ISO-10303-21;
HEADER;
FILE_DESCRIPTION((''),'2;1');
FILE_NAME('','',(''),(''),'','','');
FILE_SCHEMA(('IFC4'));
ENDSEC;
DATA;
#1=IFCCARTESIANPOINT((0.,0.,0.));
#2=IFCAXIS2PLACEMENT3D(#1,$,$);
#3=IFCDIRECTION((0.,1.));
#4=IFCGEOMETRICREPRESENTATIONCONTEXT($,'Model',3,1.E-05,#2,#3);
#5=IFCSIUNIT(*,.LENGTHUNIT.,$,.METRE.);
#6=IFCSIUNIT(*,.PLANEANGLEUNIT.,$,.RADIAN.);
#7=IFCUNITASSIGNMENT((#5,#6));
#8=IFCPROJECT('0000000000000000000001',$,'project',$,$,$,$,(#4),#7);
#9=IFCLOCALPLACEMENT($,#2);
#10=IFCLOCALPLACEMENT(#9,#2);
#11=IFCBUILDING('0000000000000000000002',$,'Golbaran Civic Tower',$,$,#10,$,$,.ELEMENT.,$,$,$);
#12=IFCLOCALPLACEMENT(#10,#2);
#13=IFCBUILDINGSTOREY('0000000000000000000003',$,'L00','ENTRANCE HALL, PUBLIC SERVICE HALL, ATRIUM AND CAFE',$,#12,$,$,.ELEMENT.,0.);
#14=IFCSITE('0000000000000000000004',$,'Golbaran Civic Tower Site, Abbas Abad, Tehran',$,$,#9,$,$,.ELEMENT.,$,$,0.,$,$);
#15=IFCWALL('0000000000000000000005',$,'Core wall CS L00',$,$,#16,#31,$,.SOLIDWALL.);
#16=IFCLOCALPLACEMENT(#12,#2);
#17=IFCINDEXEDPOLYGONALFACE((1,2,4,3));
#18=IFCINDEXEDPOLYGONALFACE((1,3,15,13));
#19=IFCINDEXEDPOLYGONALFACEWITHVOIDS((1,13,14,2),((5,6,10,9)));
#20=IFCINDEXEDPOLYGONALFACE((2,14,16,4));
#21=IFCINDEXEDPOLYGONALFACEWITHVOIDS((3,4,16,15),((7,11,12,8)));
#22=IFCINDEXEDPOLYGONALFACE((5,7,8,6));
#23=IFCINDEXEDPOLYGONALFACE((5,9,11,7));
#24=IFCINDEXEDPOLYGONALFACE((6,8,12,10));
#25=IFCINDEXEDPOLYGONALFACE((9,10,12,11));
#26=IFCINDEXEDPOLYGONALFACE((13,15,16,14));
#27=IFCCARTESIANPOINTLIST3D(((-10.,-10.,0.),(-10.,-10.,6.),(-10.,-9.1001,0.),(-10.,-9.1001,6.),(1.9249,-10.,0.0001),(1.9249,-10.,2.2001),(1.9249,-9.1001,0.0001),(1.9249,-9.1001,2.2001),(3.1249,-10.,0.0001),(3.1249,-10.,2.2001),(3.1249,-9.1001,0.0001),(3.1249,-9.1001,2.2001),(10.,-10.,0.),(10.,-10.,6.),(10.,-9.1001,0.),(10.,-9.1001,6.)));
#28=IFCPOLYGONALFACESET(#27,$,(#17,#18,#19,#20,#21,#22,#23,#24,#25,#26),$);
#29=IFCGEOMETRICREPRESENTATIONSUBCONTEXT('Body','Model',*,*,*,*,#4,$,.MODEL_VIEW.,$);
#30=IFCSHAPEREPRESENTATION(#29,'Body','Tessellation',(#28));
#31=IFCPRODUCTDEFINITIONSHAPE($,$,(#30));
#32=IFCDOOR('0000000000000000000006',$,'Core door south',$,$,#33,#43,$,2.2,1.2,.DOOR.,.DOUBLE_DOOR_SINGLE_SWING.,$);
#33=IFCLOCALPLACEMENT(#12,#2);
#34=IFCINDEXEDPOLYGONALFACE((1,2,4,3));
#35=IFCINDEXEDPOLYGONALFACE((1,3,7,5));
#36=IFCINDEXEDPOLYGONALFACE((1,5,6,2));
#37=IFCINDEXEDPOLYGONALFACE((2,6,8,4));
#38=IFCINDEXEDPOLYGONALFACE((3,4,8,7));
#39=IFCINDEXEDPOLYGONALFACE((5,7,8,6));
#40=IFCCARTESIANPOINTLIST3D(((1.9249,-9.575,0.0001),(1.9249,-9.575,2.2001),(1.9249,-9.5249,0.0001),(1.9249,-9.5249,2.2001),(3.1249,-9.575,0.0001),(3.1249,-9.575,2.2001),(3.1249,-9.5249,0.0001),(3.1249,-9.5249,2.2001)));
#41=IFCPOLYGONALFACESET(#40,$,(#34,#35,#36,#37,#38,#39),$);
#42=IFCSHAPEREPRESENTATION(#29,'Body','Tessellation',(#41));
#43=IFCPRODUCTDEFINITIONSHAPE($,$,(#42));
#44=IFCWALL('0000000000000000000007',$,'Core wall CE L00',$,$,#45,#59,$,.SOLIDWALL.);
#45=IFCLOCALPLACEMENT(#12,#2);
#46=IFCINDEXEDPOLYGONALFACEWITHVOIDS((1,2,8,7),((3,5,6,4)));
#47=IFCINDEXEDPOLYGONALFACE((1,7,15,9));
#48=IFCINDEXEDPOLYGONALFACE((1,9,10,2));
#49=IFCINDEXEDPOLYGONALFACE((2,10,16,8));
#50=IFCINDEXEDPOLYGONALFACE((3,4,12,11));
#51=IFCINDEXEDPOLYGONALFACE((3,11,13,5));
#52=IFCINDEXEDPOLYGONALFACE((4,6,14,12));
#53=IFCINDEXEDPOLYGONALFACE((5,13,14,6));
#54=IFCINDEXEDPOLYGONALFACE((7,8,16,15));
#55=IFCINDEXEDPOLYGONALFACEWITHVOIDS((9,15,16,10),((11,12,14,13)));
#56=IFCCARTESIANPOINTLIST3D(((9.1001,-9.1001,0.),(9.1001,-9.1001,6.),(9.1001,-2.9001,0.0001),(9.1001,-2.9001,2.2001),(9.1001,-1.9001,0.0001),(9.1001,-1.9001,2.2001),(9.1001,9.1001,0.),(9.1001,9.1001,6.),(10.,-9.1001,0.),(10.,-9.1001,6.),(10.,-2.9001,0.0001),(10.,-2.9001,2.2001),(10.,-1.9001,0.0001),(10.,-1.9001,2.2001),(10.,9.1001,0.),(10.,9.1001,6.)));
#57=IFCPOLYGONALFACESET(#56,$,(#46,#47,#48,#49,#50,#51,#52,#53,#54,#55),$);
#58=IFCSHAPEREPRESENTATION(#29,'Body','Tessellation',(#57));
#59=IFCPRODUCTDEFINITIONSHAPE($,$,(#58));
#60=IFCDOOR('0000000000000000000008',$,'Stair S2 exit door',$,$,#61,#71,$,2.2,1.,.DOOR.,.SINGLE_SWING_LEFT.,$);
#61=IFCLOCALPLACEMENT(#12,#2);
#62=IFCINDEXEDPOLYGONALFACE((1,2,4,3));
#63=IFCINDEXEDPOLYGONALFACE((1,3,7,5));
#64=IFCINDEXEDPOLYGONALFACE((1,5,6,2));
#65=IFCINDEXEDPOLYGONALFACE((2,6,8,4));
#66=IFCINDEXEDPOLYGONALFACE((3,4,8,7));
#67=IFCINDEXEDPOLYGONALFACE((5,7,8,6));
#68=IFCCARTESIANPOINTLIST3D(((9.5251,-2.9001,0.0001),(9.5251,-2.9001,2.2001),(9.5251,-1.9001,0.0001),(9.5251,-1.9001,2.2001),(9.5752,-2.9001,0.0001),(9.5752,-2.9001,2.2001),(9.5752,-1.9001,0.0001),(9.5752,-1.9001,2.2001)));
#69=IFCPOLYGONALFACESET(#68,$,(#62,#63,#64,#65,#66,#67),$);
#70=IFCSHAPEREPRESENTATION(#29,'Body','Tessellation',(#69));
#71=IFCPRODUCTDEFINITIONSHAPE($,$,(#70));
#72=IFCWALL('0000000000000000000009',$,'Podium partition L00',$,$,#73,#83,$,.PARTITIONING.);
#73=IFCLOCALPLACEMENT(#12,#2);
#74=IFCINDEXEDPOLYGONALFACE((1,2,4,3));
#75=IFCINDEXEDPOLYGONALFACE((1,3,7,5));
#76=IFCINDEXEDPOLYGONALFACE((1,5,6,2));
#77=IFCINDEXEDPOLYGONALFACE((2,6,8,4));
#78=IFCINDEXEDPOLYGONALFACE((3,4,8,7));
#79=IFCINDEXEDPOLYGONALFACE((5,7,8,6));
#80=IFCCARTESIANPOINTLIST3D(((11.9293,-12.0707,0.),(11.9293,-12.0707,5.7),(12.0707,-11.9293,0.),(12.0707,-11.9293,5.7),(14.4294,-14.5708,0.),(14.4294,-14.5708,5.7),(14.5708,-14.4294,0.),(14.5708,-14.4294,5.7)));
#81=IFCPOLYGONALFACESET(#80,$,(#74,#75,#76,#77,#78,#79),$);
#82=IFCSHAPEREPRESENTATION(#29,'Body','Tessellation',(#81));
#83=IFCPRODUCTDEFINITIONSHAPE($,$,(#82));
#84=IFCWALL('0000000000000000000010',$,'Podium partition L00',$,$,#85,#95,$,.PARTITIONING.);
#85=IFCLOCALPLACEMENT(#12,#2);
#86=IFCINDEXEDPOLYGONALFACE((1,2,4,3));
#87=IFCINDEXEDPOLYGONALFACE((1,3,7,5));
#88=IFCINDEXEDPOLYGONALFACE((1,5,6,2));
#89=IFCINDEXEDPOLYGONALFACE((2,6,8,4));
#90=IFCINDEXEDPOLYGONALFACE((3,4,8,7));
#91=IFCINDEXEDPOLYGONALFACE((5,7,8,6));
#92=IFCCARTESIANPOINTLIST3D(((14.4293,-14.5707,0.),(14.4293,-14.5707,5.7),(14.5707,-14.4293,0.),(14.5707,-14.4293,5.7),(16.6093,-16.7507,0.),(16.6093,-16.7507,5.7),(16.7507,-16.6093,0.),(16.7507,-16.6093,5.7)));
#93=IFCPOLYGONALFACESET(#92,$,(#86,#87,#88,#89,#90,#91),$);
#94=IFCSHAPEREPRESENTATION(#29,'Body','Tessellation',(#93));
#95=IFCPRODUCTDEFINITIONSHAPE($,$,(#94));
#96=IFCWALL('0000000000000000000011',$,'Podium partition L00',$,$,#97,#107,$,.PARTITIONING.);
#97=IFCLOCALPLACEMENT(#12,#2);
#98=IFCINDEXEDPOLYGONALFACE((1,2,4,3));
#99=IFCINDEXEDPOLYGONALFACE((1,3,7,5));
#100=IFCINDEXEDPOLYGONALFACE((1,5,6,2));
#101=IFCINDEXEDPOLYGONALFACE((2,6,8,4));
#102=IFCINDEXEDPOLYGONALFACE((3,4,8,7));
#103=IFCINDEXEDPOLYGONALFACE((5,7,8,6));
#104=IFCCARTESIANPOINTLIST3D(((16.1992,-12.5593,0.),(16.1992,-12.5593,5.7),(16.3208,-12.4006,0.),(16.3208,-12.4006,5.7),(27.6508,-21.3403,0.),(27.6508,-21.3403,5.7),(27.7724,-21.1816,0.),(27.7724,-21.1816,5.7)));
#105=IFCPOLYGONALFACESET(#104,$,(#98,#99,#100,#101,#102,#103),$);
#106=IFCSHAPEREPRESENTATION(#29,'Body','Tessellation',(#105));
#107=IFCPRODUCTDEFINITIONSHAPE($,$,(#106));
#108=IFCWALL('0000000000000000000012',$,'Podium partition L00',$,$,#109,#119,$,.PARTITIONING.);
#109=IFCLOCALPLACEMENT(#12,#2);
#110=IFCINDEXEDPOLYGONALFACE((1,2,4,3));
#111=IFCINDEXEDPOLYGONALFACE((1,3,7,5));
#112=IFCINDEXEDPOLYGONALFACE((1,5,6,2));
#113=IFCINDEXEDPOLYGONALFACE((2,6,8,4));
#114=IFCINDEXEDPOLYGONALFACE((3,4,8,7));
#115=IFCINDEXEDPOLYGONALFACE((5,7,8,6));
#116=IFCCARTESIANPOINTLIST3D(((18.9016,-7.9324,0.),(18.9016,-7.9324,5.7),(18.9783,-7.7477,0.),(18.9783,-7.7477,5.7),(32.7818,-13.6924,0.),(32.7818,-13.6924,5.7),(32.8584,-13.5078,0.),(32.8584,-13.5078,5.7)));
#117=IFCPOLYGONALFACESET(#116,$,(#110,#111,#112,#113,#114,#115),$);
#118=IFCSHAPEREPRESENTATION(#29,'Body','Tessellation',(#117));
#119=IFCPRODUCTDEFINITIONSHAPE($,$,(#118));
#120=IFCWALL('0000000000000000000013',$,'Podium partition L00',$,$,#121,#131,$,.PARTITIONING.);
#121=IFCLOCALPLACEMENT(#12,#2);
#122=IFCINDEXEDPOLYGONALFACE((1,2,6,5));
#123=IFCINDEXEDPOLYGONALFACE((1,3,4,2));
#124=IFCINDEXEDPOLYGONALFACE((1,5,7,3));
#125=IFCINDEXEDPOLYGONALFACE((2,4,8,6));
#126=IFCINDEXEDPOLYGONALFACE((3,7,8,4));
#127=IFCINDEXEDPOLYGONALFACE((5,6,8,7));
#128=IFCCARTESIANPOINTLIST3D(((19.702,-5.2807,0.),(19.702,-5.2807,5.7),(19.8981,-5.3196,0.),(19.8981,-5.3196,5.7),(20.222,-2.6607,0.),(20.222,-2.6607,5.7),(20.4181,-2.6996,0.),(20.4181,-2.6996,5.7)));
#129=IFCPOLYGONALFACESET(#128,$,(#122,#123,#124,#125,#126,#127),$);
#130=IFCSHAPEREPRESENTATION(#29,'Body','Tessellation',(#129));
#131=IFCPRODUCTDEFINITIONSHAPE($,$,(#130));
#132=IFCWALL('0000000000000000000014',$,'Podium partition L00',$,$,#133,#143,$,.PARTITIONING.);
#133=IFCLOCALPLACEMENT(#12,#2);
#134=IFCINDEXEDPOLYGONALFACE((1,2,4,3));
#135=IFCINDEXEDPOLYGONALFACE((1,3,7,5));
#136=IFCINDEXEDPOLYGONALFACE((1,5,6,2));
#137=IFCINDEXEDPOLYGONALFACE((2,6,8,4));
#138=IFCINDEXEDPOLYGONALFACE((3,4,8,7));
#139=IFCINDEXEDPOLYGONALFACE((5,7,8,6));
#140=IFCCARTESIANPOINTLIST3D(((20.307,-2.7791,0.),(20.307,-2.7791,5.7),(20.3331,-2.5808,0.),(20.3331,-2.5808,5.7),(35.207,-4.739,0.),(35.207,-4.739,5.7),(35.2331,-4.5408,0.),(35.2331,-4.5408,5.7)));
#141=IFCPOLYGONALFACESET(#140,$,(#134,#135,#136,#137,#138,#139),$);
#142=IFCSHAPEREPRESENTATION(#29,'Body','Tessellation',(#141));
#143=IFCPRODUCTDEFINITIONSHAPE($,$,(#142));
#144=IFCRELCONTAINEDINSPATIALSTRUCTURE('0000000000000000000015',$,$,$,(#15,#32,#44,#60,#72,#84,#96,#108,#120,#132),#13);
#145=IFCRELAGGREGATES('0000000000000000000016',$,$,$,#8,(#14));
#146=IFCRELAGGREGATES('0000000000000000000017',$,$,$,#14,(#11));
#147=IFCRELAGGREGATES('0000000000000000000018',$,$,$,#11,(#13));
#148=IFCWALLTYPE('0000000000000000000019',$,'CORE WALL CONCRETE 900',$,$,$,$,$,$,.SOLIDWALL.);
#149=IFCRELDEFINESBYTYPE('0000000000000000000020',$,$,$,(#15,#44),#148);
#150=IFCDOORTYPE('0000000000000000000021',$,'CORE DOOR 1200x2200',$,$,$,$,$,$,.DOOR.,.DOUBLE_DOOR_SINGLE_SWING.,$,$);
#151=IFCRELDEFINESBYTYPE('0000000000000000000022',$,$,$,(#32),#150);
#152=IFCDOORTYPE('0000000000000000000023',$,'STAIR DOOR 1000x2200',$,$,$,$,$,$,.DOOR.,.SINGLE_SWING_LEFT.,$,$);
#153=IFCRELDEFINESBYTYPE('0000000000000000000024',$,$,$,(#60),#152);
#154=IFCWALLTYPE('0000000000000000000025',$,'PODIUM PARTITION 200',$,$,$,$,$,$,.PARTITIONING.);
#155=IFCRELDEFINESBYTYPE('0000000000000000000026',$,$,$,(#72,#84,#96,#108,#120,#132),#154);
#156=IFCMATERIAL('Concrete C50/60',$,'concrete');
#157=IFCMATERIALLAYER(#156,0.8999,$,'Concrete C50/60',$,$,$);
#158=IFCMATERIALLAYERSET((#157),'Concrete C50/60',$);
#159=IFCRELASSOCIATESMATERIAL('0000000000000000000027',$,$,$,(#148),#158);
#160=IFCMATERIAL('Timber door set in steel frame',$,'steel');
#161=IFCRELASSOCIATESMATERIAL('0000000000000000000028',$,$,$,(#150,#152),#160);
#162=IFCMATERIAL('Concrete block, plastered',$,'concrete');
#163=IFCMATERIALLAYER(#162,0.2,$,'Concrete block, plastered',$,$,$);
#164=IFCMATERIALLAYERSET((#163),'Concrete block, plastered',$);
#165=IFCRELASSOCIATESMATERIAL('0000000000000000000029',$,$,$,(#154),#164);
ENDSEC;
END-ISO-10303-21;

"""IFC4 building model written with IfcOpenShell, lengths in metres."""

from ifc_helpers import new_model, si_unit, direction, frame, frame_2d, origin, place, context, subcontext, project, spatial, rectangle, extrude, material, layer, layer_set, type_object, element, fill, save


model = new_model("IFC4")

# Units and contexts
model_context = context("Model", 3, precision=1e-05, world=origin(), true_north=direction((0.0, 1.0)))
body_context = subcontext(model_context, "Body", "Model", "MODEL_VIEW")
ifc_project = project(units=[si_unit("LENGTHUNIT", "METRE"), si_unit("PLANEANGLEUNIT", "RADIAN")], contexts=[model_context])

# Site, building, storey
site_placement = place(None, origin())
site = spatial("IfcSite", under=ifc_project, at=site_placement, Name="Golbaran Civic Tower Site, Abbas Abad, Tehran", CompositionType="ELEMENT", RefElevation=0.0)
building_placement = place(site_placement, origin())
building = spatial("IfcBuilding", under=site, at=building_placement, Name="Golbaran Civic Tower", CompositionType="ELEMENT")
storey_placement = place(building_placement, origin())
storey = spatial("IfcBuildingStorey", under=building, at=storey_placement, Name="L00", Description="ENTRANCE HALL, PUBLIC SERVICE HALL, ATRIUM AND CAFE", CompositionType="ELEMENT", Elevation=0.0)

# Shared definitions
ifc_material_1 = material(Name="Concrete C50/60", Category="concrete")

# Walls, openings, doors
ifc_layer_1 = layer(ifc_material_1, 0.8999, Name="Concrete C50/60")
ifc_layer_set_1 = layer_set([ifc_layer_1], Name="Concrete C50/60")
wall_type_1 = type_object("IfcWallType", Name="CORE WALL CONCRETE 900", PredefinedType="SOLIDWALL", material=ifc_layer_set_1)
wall_1_placement = place(storey_placement, frame((10.0, -9.55, 0.0), z_axis=(0.0, 0.0, 1.0), x_axis=(-1.0, 0.0, 0.0)))
wall_1 = element("IfcWall", 1, at=wall_1_placement, inside=storey, type_object=wall_type_1, Name="Core wall CS L00", PredefinedType="SOLIDWALL", context=body_context, shape_type="SweptSolid", body=[
    extrude(rectangle(XDim=20.0, YDim=0.8999, at=frame_2d((10.0, 0.0))), origin(), (0.0, 0.0, 1.0), 6.0),
])
opening_1_placement = place(wall_1_placement, frame((6.875, 0.0, 0.0)))
opening_1 = element("IfcOpeningElement", 2, at=opening_1_placement, cuts=wall_1, PredefinedType="OPENING", context=body_context, shape_type="SweptSolid", body=[
    extrude(rectangle(XDim=1.2, YDim=2.2, at=frame_2d((0.6001, 1.1001))), frame((0.0, 0.46, 0.0), z_axis=(0.0, -1.0, 0.0), x_axis=(1.0, 0.0, 0.0)), (0.0, 0.0, 1.0), 0.9199),
])
ifc_material_2 = material(Name="Timber door set in steel frame", Category="steel")
door_type_1 = type_object("IfcDoorType", Name="CORE DOOR 1200x2200", OperationType="DOUBLE_DOOR_SINGLE_SWING", PredefinedType="DOOR", material=ifc_material_2)
door_1_placement = place(opening_1_placement, origin())
door_1 = element("IfcDoor", 3, at=door_1_placement, inside=storey, type_object=door_type_1, Name="Core door south", OperationType="DOUBLE_DOOR_SINGLE_SWING", OverallHeight=2.2, OverallWidth=1.2, PredefinedType="DOOR", context=body_context, shape_type="SweptSolid", body=[
    extrude(rectangle(XDim=1.2, YDim=2.2, at=frame_2d((0.6001, 1.1001))), frame((0.0, 0.0249, 0.0), z_axis=(0.0, -1.0, 0.0), x_axis=(1.0, 0.0, 0.0)), (0.0, 0.0, 1.0), 0.05),
])
fill(opening_1, door_1)
wall_2_placement = place(storey_placement, frame((9.55, -9.1001, 0.0), z_axis=(0.0, 0.0, 1.0), x_axis=(0.0, 1.0, 0.0)))
wall_2 = element("IfcWall", 4, at=wall_2_placement, inside=storey, type_object=wall_type_1, Name="Core wall CE L00", PredefinedType="SOLIDWALL", context=body_context, shape_type="SweptSolid", body=[
    extrude(rectangle(XDim=18.2002, YDim=0.8999, at=frame_2d((9.1001, 0.0))), origin(), (0.0, 0.0, 1.0), 6.0),
])
opening_2_placement = place(wall_2_placement, frame((6.2, 0.0, 0.0)))
opening_2 = element("IfcOpeningElement", 5, at=opening_2_placement, cuts=wall_2, PredefinedType="OPENING", context=body_context, shape_type="SweptSolid", body=[
    extrude(rectangle(XDim=1.0, YDim=2.2, at=frame_2d((0.5, 1.1001))), frame((0.0, 0.46, 0.0), z_axis=(0.0, -1.0, 0.0), x_axis=(1.0, 0.0, 0.0)), (0.0, 0.0, 1.0), 0.9199),
])
door_type_2 = type_object("IfcDoorType", Name="STAIR DOOR 1000x2200", OperationType="SINGLE_SWING_LEFT", PredefinedType="DOOR", material=ifc_material_2)
door_2_placement = place(opening_2_placement, origin())
door_2 = element("IfcDoor", 6, at=door_2_placement, inside=storey, type_object=door_type_2, Name="Stair S2 exit door", OperationType="SINGLE_SWING_LEFT", OverallHeight=2.2, OverallWidth=1.0, PredefinedType="DOOR", context=body_context, shape_type="SweptSolid", body=[
    extrude(rectangle(XDim=1.0, YDim=2.2, at=frame_2d((0.5, 1.1001))), frame((0.0, 0.0249, 0.0), z_axis=(0.0, -1.0, 0.0), x_axis=(1.0, 0.0, 0.0)), (0.0, 0.0, 1.0), 0.05),
])
fill(opening_2, door_2)

# Walls
ifc_material_3 = material(Name="Concrete block, plastered", Category="concrete")
ifc_layer_2 = layer(ifc_material_3, 0.2, Name="Concrete block, plastered")
ifc_layer_set_2 = layer_set([ifc_layer_2], Name="Concrete block, plastered")
wall_type_2 = type_object("IfcWallType", Name="PODIUM PARTITION 200", PredefinedType="PARTITIONING", material=ifc_layer_set_2)
wall_3_placement = place(storey_placement, frame((12.0, -12.0, 0.0), z_axis=(0.0, 0.0, 1.0), x_axis=(0.707107, -0.707107, 0.0)))
element("IfcWall", 7, at=wall_3_placement, inside=storey, type_object=wall_type_2, Name="Podium partition L00", PredefinedType="PARTITIONING", context=body_context, shape_type="SweptSolid", body=[
    extrude(rectangle(XDim=3.5356, YDim=0.2, at=frame_2d((1.7678, 0.0))), origin(), (0.0, 0.0, 1.0), 5.7),
])
wall_4_placement = place(storey_placement, frame((14.5, -14.5, 0.0), z_axis=(0.0, 0.0, 1.0), x_axis=(0.707107, -0.707107, 0.0)))
element("IfcWall", 8, at=wall_4_placement, inside=storey, type_object=wall_type_2, Name="Podium partition L00", PredefinedType="PARTITIONING", context=body_context, shape_type="SweptSolid", body=[
    extrude(rectangle(XDim=3.083, YDim=0.2, at=frame_2d((1.5415, 0.0))), origin(), (0.0, 0.0, 1.0), 5.7),
])
wall_5_placement = place(storey_placement, frame((16.26, -12.48, 0.0), z_axis=(0.0, 0.0, 1.0), x_axis=(0.79356, -0.608493, 0.0)))
element("IfcWall", 9, at=wall_5_placement, inside=storey, type_object=wall_type_2, Name="Podium partition L00", PredefinedType="PARTITIONING", context=body_context, shape_type="SweptSolid", body=[
    extrude(rectangle(XDim=14.4307, YDim=0.2, at=frame_2d((7.2153, 0.0))), origin(), (0.0, 0.0, 1.0), 5.7),
])

# Walls
wall_6_placement = place(storey_placement, frame((18.9399, -7.8401, 0.0), z_axis=(0.0, 0.0, 1.0), x_axis=(0.923628, -0.38329, 0.0)))
element("IfcWall", 10, at=wall_6_placement, inside=storey, type_object=wall_type_2, Name="Podium partition L00", PredefinedType="PARTITIONING", context=body_context, shape_type="SweptSolid", body=[
    extrude(rectangle(XDim=15.0278, YDim=0.2, at=frame_2d((7.5139, 0.0))), origin(), (0.0, 0.0, 1.0), 5.7),
])
wall_7_placement = place(storey_placement, frame((19.8, -5.3, 0.0), z_axis=(0.0, 0.0, 1.0), x_axis=(0.194675, 0.980868, 0.0)))
element("IfcWall", 11, at=wall_7_placement, inside=storey, type_object=wall_type_2, Name="Podium partition L00", PredefinedType="PARTITIONING", context=body_context, shape_type="SweptSolid", body=[
    extrude(rectangle(XDim=2.6711, YDim=0.2, at=frame_2d((1.3354, 0.0))), origin(), (0.0, 0.0, 1.0), 5.7),
])
wall_8_placement = place(storey_placement, frame((20.3201, -2.6799, 0.0), z_axis=(0.0, 0.0, 1.0), x_axis=(0.991459, -0.130418, 0.0)))
element("IfcWall", 12, at=wall_8_placement, inside=storey, type_object=wall_type_2, Name="Podium partition L00", PredefinedType="PARTITIONING", context=body_context, shape_type="SweptSolid", body=[
    extrude(rectangle(XDim=15.0283, YDim=0.2, at=frame_2d((7.5142, 0.0))), origin(), (0.0, 0.0, 1.0), 5.7),
])

save(model, "model.ifc")
